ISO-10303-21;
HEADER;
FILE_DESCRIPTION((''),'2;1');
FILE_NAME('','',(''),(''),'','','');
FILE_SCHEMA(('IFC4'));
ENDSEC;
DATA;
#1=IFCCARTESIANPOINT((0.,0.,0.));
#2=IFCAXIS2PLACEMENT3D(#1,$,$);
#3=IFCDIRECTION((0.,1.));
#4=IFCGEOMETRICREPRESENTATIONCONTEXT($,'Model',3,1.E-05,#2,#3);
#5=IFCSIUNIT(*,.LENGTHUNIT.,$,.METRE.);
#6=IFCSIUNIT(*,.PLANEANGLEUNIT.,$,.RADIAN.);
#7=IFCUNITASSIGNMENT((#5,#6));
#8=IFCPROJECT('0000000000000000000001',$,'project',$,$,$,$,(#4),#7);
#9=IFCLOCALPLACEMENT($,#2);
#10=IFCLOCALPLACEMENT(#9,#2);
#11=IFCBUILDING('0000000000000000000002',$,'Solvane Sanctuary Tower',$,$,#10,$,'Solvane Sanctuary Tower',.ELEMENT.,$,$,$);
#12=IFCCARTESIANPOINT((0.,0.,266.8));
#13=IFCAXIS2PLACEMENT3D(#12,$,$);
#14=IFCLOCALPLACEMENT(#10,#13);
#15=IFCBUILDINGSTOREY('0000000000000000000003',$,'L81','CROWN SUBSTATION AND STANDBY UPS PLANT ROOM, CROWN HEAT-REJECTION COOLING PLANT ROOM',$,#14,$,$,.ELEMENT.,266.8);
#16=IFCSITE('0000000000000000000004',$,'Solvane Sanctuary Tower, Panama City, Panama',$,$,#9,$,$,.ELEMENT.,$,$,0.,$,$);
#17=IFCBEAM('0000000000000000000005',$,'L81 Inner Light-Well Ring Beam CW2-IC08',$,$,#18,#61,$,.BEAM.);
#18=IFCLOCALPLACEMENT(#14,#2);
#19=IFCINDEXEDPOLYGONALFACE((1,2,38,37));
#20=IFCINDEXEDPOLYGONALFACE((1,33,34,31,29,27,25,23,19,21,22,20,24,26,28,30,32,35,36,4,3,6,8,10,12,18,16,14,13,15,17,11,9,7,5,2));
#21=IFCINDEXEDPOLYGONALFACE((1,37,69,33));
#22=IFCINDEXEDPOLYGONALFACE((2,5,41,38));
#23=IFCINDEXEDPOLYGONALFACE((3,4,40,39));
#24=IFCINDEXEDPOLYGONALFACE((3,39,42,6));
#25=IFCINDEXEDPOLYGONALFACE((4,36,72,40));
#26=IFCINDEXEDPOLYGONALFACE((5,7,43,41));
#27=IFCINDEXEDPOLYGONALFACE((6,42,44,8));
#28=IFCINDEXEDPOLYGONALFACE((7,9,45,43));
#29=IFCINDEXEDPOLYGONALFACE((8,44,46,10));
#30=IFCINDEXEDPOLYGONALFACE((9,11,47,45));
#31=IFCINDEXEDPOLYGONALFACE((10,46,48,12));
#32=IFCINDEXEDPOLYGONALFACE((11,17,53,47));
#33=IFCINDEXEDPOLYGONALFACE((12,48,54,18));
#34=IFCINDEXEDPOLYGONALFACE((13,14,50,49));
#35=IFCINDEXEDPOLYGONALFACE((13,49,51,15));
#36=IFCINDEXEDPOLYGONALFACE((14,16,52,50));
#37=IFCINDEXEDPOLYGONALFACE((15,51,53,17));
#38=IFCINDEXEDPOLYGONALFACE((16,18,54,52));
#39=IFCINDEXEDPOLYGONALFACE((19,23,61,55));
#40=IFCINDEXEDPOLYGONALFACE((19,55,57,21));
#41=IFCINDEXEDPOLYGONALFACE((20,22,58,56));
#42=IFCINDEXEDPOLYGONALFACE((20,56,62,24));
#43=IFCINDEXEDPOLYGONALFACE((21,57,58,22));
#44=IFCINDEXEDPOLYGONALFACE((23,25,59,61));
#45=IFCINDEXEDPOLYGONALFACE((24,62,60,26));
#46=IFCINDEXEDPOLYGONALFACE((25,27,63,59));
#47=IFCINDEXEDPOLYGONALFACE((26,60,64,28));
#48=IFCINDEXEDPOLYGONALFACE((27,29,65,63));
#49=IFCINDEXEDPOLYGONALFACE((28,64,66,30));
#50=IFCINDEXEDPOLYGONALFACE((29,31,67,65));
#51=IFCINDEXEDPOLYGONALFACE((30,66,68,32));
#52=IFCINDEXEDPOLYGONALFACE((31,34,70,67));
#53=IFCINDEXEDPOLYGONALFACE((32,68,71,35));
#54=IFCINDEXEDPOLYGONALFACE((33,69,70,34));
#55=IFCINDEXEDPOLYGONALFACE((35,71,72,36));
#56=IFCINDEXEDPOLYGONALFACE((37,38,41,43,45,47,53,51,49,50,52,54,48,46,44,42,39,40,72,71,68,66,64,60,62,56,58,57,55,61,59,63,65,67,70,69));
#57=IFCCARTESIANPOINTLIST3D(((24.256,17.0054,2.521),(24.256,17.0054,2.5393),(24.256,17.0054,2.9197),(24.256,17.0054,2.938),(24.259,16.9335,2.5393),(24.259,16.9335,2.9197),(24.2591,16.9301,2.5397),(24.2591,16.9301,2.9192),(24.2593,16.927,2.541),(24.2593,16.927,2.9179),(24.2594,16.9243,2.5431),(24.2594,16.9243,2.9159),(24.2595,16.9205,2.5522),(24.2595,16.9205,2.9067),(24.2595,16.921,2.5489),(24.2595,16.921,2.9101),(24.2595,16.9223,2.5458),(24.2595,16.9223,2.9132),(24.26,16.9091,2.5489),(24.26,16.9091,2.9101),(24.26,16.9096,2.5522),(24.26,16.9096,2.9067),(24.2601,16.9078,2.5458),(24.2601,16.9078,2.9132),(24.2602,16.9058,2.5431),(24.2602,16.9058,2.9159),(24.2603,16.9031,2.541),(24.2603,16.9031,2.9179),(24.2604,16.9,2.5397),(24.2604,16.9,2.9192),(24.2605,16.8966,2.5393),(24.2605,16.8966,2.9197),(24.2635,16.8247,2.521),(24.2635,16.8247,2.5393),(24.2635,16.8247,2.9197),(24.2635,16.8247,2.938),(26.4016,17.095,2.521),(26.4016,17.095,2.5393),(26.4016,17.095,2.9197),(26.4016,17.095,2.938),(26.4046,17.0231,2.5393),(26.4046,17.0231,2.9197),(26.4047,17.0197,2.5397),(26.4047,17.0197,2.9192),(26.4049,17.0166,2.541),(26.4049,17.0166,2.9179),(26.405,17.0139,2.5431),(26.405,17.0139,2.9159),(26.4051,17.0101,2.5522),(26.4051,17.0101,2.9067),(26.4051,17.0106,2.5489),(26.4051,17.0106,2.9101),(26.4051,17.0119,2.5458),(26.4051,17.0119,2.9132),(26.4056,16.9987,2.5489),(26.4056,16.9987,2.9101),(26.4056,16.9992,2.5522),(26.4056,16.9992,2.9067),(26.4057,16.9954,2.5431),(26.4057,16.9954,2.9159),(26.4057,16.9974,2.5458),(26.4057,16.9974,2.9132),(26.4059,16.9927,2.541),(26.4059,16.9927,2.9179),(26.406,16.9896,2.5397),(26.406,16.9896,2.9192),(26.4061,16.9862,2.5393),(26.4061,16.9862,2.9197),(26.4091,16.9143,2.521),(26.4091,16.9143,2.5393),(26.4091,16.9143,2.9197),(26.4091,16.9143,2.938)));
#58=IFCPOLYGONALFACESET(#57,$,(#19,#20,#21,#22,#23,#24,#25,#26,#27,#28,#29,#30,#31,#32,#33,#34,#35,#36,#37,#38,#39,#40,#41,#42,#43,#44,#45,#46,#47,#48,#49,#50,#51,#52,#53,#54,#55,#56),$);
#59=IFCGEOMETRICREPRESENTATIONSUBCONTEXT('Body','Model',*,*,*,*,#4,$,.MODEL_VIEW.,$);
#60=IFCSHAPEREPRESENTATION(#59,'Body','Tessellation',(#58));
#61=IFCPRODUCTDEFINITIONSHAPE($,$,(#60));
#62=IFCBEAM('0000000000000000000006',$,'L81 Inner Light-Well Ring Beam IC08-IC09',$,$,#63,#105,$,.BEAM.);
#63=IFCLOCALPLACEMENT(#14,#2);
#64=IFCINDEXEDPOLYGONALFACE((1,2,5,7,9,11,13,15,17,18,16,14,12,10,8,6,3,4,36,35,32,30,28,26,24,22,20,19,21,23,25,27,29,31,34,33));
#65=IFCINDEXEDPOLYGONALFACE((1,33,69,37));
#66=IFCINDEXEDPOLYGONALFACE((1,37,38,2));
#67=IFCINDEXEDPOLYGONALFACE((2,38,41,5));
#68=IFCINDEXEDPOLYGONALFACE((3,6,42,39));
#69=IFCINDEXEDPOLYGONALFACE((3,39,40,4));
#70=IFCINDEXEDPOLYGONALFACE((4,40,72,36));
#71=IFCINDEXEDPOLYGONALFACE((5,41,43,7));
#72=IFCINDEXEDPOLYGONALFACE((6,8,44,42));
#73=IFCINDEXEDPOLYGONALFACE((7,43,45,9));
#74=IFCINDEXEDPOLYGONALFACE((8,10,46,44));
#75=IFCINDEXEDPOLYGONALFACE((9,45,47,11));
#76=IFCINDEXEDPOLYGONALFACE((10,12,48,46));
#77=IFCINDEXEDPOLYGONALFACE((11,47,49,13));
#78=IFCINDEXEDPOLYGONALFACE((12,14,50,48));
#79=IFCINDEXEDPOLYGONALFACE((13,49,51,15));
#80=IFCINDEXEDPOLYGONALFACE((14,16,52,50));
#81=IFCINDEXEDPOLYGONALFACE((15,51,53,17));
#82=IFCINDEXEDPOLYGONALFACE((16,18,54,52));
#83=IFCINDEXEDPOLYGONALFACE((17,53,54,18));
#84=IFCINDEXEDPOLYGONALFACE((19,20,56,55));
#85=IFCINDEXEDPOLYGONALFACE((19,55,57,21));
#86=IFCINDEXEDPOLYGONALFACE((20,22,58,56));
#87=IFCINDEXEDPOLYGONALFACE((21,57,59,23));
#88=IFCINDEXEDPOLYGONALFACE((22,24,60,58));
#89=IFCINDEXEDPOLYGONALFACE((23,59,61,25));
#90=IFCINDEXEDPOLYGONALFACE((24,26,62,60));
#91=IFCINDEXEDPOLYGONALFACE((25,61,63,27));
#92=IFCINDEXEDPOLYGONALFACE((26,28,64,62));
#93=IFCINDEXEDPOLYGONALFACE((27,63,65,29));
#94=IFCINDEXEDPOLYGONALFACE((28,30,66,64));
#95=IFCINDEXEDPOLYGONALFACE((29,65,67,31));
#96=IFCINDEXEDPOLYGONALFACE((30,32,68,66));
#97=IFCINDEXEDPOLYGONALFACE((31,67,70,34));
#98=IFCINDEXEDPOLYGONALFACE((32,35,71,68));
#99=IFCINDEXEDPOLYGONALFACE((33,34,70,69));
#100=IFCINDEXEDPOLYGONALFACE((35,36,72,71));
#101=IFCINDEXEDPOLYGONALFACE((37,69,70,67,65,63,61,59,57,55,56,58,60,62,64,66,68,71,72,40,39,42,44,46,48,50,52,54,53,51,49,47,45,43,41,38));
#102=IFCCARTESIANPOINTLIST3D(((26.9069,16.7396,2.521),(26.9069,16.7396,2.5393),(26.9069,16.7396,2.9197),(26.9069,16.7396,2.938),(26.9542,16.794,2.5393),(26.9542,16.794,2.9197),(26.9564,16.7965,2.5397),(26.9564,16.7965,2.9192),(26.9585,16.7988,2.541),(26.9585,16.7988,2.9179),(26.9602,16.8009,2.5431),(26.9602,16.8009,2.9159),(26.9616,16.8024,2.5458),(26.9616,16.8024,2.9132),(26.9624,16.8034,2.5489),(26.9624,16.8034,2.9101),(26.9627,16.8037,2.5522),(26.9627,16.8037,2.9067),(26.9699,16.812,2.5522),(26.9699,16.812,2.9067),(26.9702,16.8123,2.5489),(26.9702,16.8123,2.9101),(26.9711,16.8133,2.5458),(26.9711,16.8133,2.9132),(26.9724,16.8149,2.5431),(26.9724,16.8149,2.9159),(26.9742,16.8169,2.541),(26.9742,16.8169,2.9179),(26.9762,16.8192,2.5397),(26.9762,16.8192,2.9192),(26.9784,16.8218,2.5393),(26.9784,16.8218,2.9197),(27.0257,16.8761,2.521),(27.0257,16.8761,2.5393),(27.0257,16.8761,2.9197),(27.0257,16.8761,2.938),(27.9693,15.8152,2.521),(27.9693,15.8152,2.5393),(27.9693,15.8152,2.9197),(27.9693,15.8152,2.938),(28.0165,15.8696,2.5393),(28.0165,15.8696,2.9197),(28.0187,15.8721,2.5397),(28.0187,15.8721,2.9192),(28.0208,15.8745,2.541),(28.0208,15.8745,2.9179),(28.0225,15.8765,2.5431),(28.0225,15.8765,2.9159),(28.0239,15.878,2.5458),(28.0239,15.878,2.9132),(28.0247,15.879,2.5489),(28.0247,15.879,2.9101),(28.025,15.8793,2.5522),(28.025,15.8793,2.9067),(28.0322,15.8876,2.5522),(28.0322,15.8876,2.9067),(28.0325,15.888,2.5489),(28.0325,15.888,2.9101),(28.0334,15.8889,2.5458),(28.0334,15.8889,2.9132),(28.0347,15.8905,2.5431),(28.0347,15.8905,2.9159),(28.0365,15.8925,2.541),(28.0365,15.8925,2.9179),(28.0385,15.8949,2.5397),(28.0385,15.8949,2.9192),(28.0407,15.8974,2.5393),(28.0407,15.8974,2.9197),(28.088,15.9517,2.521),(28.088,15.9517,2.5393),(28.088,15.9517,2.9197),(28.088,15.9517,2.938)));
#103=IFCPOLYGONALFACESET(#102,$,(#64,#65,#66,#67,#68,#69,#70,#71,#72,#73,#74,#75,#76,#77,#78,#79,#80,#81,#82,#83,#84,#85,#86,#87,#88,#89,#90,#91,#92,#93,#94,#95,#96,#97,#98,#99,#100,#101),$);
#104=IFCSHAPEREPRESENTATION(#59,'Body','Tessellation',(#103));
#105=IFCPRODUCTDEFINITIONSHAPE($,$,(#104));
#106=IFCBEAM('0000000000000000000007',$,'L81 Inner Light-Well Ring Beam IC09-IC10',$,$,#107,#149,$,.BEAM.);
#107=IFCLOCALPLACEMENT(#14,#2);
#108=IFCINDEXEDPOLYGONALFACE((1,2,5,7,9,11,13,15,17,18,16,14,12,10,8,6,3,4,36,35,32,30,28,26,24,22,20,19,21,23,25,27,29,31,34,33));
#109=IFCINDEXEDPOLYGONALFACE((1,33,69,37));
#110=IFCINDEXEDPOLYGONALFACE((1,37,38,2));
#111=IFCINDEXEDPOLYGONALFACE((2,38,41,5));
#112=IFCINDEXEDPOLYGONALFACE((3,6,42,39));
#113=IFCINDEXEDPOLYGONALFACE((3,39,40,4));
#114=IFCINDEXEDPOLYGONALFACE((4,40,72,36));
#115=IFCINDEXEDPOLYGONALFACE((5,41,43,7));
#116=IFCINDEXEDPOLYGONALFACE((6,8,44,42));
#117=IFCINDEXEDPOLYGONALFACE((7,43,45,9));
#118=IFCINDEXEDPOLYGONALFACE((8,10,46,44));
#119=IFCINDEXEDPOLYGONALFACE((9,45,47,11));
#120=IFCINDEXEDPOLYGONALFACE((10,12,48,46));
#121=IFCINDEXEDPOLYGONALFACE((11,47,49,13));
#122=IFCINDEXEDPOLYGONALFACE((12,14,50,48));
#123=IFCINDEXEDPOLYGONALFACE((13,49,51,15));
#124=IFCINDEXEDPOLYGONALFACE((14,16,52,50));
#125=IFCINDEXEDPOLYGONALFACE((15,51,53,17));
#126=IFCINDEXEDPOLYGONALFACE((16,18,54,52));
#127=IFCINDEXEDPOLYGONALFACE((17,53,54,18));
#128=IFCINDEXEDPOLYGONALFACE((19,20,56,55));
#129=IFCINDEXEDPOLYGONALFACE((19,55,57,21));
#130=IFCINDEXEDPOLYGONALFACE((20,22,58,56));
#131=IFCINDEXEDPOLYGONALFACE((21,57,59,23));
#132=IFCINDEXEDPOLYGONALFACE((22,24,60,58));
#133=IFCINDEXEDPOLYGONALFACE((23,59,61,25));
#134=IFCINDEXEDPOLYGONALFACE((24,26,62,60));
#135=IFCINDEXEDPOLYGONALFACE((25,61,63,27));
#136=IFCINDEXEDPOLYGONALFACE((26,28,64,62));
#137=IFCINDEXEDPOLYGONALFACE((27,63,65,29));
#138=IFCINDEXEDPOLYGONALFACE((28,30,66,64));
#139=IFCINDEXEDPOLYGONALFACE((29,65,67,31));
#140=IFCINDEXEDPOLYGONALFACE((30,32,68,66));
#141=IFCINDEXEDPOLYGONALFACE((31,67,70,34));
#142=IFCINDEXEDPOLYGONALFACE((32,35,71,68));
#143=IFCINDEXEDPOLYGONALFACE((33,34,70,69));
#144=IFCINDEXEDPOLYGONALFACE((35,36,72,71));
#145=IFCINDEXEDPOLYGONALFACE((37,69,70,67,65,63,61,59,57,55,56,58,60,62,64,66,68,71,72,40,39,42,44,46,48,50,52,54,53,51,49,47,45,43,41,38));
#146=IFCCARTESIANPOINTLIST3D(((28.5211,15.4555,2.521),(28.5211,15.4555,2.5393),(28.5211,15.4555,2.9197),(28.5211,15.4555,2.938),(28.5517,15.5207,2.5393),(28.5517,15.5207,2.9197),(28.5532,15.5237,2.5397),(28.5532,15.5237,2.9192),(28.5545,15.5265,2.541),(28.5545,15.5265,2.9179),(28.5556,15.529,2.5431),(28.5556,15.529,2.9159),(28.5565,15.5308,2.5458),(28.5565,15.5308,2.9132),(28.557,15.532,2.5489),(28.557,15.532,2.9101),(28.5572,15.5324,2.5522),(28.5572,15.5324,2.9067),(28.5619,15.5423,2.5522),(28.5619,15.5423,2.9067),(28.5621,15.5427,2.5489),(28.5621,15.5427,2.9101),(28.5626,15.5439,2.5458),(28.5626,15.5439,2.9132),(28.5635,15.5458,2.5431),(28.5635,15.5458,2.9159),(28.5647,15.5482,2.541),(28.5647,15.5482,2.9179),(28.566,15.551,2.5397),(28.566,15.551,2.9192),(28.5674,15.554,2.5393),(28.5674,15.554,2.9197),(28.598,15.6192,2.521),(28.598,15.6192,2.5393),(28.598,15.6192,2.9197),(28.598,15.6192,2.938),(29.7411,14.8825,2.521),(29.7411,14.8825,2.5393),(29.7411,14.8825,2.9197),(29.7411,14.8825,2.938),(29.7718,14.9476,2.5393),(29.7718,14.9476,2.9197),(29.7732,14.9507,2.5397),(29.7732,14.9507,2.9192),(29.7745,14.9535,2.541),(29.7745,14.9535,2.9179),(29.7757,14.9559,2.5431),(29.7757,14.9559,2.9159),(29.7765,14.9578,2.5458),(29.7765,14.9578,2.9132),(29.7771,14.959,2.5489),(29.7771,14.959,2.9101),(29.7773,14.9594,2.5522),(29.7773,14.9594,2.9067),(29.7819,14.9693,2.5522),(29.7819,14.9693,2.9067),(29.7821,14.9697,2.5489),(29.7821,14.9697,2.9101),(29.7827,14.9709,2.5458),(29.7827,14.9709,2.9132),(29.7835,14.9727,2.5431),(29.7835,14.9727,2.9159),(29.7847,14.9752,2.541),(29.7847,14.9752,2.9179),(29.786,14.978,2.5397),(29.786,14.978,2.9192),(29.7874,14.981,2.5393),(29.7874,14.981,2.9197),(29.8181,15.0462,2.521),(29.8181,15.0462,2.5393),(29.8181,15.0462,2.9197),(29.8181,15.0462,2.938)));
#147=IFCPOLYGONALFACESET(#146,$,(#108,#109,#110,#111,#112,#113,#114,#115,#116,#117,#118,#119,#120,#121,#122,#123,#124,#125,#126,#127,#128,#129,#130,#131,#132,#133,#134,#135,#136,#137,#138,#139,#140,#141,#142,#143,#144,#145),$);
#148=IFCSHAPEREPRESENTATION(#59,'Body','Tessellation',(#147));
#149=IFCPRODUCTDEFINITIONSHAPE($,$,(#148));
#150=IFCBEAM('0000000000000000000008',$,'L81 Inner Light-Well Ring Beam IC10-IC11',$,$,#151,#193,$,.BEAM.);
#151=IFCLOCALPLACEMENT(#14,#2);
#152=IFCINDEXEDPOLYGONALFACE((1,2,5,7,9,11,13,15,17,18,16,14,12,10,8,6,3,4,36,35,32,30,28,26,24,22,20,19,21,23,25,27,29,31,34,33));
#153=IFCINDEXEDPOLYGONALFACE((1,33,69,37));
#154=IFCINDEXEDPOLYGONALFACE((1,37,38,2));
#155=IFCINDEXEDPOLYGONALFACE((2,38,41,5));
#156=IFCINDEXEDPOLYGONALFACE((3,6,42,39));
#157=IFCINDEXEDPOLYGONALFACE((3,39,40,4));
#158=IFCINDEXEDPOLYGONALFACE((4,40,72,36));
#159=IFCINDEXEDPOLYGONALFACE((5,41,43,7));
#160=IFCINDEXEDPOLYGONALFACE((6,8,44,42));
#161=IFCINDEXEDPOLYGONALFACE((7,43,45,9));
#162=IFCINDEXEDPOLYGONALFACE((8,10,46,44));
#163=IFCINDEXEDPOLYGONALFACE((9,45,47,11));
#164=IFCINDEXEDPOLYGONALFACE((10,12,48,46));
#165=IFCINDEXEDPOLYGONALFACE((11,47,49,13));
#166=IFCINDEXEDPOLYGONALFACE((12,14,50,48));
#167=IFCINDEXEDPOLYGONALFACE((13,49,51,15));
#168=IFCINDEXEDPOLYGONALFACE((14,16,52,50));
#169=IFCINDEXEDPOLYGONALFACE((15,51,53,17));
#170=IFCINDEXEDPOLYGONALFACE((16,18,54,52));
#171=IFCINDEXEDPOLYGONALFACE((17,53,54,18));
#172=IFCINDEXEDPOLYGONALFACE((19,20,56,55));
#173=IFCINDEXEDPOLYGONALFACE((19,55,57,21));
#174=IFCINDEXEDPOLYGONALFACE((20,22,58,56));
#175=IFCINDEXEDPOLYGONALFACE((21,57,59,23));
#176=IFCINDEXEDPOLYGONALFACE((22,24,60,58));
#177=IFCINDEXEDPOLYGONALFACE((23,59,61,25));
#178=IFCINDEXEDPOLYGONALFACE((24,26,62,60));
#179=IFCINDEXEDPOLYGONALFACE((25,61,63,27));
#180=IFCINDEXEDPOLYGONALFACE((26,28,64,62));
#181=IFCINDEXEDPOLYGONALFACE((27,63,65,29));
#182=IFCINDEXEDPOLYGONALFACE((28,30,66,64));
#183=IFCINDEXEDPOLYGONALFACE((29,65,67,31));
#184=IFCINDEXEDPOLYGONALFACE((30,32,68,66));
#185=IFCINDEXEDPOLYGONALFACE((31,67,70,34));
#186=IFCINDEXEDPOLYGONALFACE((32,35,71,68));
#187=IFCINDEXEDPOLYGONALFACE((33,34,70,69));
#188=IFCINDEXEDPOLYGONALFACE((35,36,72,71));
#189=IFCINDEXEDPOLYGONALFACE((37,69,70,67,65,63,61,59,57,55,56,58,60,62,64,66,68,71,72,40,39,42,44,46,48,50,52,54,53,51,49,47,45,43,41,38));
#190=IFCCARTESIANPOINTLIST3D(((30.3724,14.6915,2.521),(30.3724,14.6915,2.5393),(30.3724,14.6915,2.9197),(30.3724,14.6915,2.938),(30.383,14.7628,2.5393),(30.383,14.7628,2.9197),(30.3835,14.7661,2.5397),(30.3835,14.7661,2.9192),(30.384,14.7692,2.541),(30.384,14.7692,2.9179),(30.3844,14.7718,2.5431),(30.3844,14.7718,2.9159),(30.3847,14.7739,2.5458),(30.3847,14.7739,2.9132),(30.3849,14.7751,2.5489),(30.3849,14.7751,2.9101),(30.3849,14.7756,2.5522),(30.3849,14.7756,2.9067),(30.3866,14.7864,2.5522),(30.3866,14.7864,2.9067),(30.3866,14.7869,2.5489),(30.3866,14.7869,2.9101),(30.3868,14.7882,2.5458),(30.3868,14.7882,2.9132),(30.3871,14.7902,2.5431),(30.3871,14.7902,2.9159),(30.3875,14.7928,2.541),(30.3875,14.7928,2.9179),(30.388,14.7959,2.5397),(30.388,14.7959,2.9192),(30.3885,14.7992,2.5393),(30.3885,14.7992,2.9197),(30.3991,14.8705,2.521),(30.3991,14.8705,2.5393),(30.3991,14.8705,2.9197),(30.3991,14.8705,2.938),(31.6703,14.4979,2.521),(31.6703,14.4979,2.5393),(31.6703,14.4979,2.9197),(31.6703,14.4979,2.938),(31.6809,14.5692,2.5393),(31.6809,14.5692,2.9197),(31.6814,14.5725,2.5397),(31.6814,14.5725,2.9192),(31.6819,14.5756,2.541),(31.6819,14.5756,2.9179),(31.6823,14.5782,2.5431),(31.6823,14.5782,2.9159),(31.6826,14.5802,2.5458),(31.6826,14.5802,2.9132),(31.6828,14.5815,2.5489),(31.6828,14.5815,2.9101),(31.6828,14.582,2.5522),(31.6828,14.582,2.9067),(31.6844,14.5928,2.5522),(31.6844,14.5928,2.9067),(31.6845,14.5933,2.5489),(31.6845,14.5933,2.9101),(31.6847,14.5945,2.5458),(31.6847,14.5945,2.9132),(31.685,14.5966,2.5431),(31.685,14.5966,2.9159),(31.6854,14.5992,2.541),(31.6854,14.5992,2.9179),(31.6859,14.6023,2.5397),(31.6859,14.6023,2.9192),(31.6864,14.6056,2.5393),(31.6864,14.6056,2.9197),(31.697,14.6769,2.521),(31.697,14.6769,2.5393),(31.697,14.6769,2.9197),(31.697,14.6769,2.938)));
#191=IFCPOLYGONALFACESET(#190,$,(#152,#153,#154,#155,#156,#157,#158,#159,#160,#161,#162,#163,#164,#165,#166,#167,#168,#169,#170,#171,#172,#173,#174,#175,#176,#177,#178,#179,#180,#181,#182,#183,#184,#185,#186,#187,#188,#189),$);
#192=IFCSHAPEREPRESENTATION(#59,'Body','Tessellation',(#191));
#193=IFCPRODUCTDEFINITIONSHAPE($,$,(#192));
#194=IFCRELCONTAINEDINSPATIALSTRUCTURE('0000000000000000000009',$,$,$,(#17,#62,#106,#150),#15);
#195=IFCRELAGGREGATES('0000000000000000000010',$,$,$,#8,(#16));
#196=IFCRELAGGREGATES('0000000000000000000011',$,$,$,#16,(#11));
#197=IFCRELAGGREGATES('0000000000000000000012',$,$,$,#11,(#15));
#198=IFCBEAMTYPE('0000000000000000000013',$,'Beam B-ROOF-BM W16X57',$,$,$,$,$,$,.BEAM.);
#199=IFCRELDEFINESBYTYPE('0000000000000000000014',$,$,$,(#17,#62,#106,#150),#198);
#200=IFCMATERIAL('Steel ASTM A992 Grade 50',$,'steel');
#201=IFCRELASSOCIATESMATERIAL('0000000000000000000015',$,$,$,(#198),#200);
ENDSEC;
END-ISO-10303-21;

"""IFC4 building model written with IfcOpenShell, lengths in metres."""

from ifc_helpers import new_model, si_unit, direction, frame, origin, origin_2d, place, context, subcontext, project, spatial, i_section, extrude, material, material_profile, profile_set, type_object, element, save


model = new_model("IFC4")

# Units and contexts
model_context = context("Model", 3, precision=1e-05, world=origin(), true_north=direction((0.0, 1.0)))
body_context = subcontext(model_context, "Body", "Model", "MODEL_VIEW")
ifc_project = project(units=[si_unit("LENGTHUNIT", "METRE"), si_unit("PLANEANGLEUNIT", "RADIAN")], contexts=[model_context])

# Site, building, storey
site_placement = place(None, origin())
site = spatial("IfcSite", under=ifc_project, at=site_placement, Name="Solvane Sanctuary Tower, Panama City, Panama", CompositionType="ELEMENT", RefElevation=0.0)
building_placement = place(site_placement, origin())
building = spatial("IfcBuilding", under=site, at=building_placement, Name="Solvane Sanctuary Tower", LongName="Solvane Sanctuary Tower", CompositionType="ELEMENT")
storey_placement = place(building_placement, frame((0.0, 0.0, 266.8)))
storey = spatial("IfcBuildingStorey", under=building, at=storey_placement, Name="L81", Description="CROWN SUBSTATION AND STANDBY UPS PLANT ROOM, CROWN HEAT-REJECTION COOLING PLANT ROOM", CompositionType="ELEMENT", Elevation=266.8)

# Beams
ifc_material_1 = material(Name="Steel ASTM A992 Grade 50", Category="steel")
ifc_material_profile_1 = material_profile(ifc_material_1, i_section(OverallWidth=0.1809, OverallDepth=0.417, WebThickness=0.011, FlangeThickness=0.0183, FilletRadius=0.0129, at=origin_2d()), Name="W16X57")
ifc_profile_set_1 = profile_set([ifc_material_profile_1], Name="Steel ASTM A992 Grade 50")
beam_type_1 = type_object("IfcBeamType", Name="Beam B-ROOF-BM W16X57", PredefinedType="BEAM", material=ifc_profile_set_1)
beam_1_placement = place(storey_placement, frame((24.2598, 16.915, 2.7295), z_axis=(0.999129, 0.041725, 0.0), x_axis=(-0.041725, 0.999129, 0.0)))
element("IfcBeam", 1, at=beam_1_placement, inside=storey, type_object=beam_type_1, Name="L81 Inner Light-Well Ring Beam CW2-IC08", PredefinedType="BEAM", context=body_context, shape_type="SweptSolid", body=[
    extrude(i_section(OverallWidth=0.1809, OverallDepth=0.417, WebThickness=0.011, FlangeThickness=0.0183, FilletRadius=0.0129, at=origin_2d()), origin(), (0.0, 0.0, 1.0), 2.1475),
])
beam_2_placement = place(storey_placement, frame((26.9663, 16.8079, 2.7295), z_axis=(0.754389, -0.656428, 0.0), x_axis=(0.656428, 0.754389, 0.0)))
element("IfcBeam", 2, at=beam_2_placement, inside=storey, type_object=beam_type_1, Name="L81 Inner Light-Well Ring Beam IC08-IC09", PredefinedType="BEAM", context=body_context, shape_type="SweptSolid", body=[
    extrude(i_section(OverallWidth=0.1809, OverallDepth=0.417, WebThickness=0.011, FlangeThickness=0.0183, FilletRadius=0.0129, at=origin_2d()), origin(), (0.0, 0.0, 1.0), 1.4082),
])
beam_3_placement = place(storey_placement, frame((28.5596, 15.5374, 2.7295), z_axis=(0.905135, -0.425125, 0.0), x_axis=(0.425125, 0.905135, 0.0)))
element("IfcBeam", 3, at=beam_3_placement, inside=storey, type_object=beam_type_1, Name="L81 Inner Light-Well Ring Beam IC09-IC10", PredefinedType="BEAM", context=body_context, shape_type="SweptSolid", body=[
    extrude(i_section(OverallWidth=0.1809, OverallDepth=0.417, WebThickness=0.011, FlangeThickness=0.0183, FilletRadius=0.0129, at=origin_2d()), origin(), (0.0, 0.0, 1.0), 1.3479),
])
beam_4_placement = place(storey_placement, frame((30.3857, 14.781, 2.7295), z_axis=(0.989056, -0.14754, 0.0), x_axis=(0.14754, 0.989056, 0.0)))
element("IfcBeam", 4, at=beam_4_placement, inside=storey, type_object=beam_type_1, Name="L81 Inner Light-Well Ring Beam IC10-IC11", PredefinedType="BEAM", context=body_context, shape_type="SweptSolid", body=[
    extrude(i_section(OverallWidth=0.1809, OverallDepth=0.417, WebThickness=0.011, FlangeThickness=0.0183, FilletRadius=0.0129, at=origin_2d()), origin(), (0.0, 0.0, 1.0), 1.3123),
])

save(model, "model.ifc")
